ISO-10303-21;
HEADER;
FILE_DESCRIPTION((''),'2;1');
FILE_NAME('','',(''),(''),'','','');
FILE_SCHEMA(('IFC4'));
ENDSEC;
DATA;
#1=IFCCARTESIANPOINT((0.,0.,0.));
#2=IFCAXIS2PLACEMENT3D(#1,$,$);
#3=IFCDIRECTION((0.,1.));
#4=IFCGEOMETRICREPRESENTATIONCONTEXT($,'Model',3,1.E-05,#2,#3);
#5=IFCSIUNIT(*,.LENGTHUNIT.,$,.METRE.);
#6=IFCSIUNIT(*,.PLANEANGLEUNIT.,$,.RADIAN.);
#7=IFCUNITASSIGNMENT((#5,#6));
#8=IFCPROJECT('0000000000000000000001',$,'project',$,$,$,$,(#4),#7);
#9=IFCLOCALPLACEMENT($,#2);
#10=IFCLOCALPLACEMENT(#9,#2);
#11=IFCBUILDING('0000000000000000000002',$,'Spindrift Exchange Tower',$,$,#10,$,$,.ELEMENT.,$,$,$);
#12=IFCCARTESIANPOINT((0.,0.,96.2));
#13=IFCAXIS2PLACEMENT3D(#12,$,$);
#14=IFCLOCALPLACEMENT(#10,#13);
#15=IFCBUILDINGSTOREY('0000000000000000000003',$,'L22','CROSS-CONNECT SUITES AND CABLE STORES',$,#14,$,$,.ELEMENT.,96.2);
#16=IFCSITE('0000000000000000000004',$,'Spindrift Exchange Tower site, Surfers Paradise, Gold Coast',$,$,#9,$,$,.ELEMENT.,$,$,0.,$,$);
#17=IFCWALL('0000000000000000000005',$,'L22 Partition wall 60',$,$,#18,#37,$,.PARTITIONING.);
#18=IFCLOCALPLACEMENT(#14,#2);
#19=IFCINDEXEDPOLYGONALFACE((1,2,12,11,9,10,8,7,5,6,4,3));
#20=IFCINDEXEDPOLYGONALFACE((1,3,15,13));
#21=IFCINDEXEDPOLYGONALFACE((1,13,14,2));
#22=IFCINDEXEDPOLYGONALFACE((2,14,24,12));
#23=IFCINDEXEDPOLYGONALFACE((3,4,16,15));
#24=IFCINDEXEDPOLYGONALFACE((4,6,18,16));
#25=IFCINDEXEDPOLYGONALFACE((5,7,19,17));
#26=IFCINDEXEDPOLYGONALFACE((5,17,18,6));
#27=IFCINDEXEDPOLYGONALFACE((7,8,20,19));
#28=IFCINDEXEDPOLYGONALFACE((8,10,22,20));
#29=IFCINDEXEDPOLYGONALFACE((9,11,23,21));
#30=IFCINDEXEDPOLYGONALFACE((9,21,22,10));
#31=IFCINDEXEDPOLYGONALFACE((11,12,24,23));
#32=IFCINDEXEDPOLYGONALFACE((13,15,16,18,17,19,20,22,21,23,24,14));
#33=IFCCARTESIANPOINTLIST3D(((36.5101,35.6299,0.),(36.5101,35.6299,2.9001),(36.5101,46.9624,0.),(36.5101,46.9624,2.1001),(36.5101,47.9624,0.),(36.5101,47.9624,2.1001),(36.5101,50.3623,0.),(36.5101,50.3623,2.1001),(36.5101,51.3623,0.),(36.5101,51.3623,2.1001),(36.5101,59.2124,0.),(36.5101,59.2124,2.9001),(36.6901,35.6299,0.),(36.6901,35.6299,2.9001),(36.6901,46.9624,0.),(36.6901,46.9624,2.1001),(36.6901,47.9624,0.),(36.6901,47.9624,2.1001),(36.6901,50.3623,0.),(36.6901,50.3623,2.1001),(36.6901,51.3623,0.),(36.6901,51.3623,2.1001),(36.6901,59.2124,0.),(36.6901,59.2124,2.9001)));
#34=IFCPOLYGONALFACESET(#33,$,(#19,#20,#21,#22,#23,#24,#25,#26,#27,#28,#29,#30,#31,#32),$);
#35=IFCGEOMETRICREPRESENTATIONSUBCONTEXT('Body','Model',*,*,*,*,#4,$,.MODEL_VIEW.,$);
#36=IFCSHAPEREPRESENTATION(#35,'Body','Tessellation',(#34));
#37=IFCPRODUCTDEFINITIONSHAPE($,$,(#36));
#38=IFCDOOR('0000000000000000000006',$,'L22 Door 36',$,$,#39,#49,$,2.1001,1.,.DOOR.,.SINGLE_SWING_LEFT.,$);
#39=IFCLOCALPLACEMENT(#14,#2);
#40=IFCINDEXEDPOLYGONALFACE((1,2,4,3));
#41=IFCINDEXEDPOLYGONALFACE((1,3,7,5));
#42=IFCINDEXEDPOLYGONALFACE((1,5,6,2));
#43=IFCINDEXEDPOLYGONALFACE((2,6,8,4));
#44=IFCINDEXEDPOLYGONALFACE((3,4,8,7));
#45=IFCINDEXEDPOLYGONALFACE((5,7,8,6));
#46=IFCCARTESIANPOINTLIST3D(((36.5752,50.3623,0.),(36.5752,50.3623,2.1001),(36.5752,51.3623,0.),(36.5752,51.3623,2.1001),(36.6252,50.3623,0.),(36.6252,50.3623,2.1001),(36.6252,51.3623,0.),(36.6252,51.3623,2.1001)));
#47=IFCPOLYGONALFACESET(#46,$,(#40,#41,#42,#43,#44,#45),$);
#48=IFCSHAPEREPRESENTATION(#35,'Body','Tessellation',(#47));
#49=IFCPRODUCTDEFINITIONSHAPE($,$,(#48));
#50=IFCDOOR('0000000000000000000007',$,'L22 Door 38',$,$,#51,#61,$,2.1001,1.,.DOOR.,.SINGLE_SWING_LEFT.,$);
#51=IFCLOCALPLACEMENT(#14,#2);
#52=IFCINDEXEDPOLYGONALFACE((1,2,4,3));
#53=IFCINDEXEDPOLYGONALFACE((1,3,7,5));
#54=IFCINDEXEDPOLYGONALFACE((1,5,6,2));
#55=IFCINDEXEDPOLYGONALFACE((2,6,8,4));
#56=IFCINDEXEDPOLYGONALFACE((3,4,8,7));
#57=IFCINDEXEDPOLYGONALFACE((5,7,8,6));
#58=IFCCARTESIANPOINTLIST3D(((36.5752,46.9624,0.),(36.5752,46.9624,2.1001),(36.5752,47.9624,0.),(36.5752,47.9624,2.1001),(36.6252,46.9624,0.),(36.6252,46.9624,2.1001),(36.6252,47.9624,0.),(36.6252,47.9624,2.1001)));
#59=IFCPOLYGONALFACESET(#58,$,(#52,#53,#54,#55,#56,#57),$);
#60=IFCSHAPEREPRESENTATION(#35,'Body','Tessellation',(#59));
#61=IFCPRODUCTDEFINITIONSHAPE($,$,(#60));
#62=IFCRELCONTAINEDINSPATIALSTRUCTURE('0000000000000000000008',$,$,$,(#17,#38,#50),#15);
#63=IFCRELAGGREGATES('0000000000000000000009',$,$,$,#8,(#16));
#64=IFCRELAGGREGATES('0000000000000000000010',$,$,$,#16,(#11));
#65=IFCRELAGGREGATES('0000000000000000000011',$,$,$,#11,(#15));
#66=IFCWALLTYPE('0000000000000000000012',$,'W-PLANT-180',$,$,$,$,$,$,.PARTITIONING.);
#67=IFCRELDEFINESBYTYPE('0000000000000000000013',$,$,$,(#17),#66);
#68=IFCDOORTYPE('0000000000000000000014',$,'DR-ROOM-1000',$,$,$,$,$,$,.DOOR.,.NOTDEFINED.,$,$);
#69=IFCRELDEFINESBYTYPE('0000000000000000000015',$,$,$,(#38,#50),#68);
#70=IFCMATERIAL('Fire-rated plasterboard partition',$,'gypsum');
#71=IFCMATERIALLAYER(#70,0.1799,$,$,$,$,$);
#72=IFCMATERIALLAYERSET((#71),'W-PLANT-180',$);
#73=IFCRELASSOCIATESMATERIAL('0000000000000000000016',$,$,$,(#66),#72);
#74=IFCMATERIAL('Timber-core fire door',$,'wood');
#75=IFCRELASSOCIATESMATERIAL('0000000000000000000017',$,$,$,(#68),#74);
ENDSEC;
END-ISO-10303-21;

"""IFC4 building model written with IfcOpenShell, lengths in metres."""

from ifc_helpers import new_model, si_unit, direction, frame, frame_2d, origin, place, context, subcontext, project, spatial, rectangle, extrude, source, transform, mapped, material, layer, layer_set, type_object, element, fill, save


model = new_model("IFC4")

# Units and contexts
model_context = context("Model", 3, precision=1e-05, world=origin(), true_north=direction((0.0, 1.0)))
body_context = subcontext(model_context, "Body", "Model", "MODEL_VIEW")
ifc_project = project(units=[si_unit("LENGTHUNIT", "METRE"), si_unit("PLANEANGLEUNIT", "RADIAN")], contexts=[model_context])

# Site, building, storey
site_placement = place(None, origin())
site = spatial("IfcSite", under=ifc_project, at=site_placement, Name="Spindrift Exchange Tower site, Surfers Paradise, Gold Coast", CompositionType="ELEMENT", RefElevation=0.0)
building_placement = place(site_placement, origin())
building = spatial("IfcBuilding", under=site, at=building_placement, Name="Spindrift Exchange Tower", CompositionType="ELEMENT")
storey_placement = place(building_placement, frame((0.0, 0.0, 96.2)))
storey = spatial("IfcBuildingStorey", under=building, at=storey_placement, Name="L22", Description="CROSS-CONNECT SUITES AND CABLE STORES", CompositionType="ELEMENT", Elevation=96.2)

# Shared definitions
ifc_material_1 = material(Name="Fire-rated plasterboard partition", Category="gypsum")

# Wall, openings, doors
ifc_layer_1 = layer(ifc_material_1, 0.1799)
ifc_layer_set_1 = layer_set([ifc_layer_1], Name="W-PLANT-180")
wall_type_1 = type_object("IfcWallType", Name="W-PLANT-180", PredefinedType="PARTITIONING", material=ifc_layer_set_1)
wall_1_placement = place(storey_placement, frame((36.6001, 35.6299, 0.0), z_axis=(0.0, 0.0, 1.0), x_axis=(0.0, 1.0, 0.0)))
wall_1 = element("IfcWall", 1, at=wall_1_placement, inside=storey, type_object=wall_type_1, Name="L22 Partition wall 60", PredefinedType="PARTITIONING", context=body_context, shape_type="SweptSolid", body=[
    extrude(rectangle(XDim=23.5825, YDim=0.1799, at=frame_2d((11.7913, 0.0))), origin(), (0.0, 0.0, 1.0), 2.9001),
])
opening_1_placement = place(wall_1_placement, frame((14.7324, 0.0, 0.0)))
opening_1 = element("IfcOpeningElement", 2, at=opening_1_placement, cuts=wall_1, PredefinedType="OPENING", context=body_context, shape_type="SweptSolid", body=[
    extrude(rectangle(XDim=1.0, YDim=2.1001, at=frame_2d((0.5, 1.05))), frame((0.0, 0.0999, 0.0), z_axis=(0.0, -1.0, 0.0), x_axis=(1.0, 0.0, 0.0)), (0.0, 0.0, 1.0), 0.2),
])
opening_2_placement = place(wall_1_placement, frame((11.3325, 0.0, 0.0)))
opening_2 = element("IfcOpeningElement", 3, at=opening_2_placement, cuts=wall_1, PredefinedType="OPENING", context=body_context, shape_type="SweptSolid", body=[
    extrude(rectangle(XDim=1.0, YDim=2.1001, at=frame_2d((0.5, 1.05))), frame((0.0, 0.0999, 0.0), z_axis=(0.0, -1.0, 0.0), x_axis=(1.0, 0.0, 0.0)), (0.0, 0.0, 1.0), 0.2),
])
ifc_material_2 = material(Name="Timber-core fire door", Category="wood")
door_type = type_object("IfcDoorType", Name="DR-ROOM-1000", OperationType="NOTDEFINED", PredefinedType="DOOR", material=ifc_material_2)
shared_shape_1 = source(origin(), body_context, "Body", "SweptSolid", [
    extrude(rectangle(XDim=1.0, YDim=2.1001, at=frame_2d((0.5, 1.05))), frame((0.0, 0.0249, 0.0), z_axis=(0.0, -1.0, 0.0), x_axis=(1.0, 0.0, 0.0)), (0.0, 0.0, 1.0), 0.05),
])
door_1_placement = place(opening_1_placement, origin())
door_1 = element("IfcDoor", 4, at=door_1_placement, inside=storey, type_object=door_type, Name="L22 Door 36", OperationType="SINGLE_SWING_LEFT", OverallHeight=2.1001, OverallWidth=1.0, PredefinedType="DOOR", context=body_context, shape_type="MappedRepresentation", body=[
    mapped(shared_shape_1, transform((0.0, 0.0, 0.0), scale=1.0)),
])
fill(opening_1, door_1)
door_2_placement = place(opening_2_placement, origin())
door_2 = element("IfcDoor", 5, at=door_2_placement, inside=storey, type_object=door_type, Name="L22 Door 38", OperationType="SINGLE_SWING_LEFT", OverallHeight=2.1001, OverallWidth=1.0, PredefinedType="DOOR", context=body_context, shape_type="MappedRepresentation", body=[
    mapped(shared_shape_1, transform((0.0, 0.0, 0.0), scale=1.0)),
])
fill(opening_2, door_2)

save(model, "model.ifc")
